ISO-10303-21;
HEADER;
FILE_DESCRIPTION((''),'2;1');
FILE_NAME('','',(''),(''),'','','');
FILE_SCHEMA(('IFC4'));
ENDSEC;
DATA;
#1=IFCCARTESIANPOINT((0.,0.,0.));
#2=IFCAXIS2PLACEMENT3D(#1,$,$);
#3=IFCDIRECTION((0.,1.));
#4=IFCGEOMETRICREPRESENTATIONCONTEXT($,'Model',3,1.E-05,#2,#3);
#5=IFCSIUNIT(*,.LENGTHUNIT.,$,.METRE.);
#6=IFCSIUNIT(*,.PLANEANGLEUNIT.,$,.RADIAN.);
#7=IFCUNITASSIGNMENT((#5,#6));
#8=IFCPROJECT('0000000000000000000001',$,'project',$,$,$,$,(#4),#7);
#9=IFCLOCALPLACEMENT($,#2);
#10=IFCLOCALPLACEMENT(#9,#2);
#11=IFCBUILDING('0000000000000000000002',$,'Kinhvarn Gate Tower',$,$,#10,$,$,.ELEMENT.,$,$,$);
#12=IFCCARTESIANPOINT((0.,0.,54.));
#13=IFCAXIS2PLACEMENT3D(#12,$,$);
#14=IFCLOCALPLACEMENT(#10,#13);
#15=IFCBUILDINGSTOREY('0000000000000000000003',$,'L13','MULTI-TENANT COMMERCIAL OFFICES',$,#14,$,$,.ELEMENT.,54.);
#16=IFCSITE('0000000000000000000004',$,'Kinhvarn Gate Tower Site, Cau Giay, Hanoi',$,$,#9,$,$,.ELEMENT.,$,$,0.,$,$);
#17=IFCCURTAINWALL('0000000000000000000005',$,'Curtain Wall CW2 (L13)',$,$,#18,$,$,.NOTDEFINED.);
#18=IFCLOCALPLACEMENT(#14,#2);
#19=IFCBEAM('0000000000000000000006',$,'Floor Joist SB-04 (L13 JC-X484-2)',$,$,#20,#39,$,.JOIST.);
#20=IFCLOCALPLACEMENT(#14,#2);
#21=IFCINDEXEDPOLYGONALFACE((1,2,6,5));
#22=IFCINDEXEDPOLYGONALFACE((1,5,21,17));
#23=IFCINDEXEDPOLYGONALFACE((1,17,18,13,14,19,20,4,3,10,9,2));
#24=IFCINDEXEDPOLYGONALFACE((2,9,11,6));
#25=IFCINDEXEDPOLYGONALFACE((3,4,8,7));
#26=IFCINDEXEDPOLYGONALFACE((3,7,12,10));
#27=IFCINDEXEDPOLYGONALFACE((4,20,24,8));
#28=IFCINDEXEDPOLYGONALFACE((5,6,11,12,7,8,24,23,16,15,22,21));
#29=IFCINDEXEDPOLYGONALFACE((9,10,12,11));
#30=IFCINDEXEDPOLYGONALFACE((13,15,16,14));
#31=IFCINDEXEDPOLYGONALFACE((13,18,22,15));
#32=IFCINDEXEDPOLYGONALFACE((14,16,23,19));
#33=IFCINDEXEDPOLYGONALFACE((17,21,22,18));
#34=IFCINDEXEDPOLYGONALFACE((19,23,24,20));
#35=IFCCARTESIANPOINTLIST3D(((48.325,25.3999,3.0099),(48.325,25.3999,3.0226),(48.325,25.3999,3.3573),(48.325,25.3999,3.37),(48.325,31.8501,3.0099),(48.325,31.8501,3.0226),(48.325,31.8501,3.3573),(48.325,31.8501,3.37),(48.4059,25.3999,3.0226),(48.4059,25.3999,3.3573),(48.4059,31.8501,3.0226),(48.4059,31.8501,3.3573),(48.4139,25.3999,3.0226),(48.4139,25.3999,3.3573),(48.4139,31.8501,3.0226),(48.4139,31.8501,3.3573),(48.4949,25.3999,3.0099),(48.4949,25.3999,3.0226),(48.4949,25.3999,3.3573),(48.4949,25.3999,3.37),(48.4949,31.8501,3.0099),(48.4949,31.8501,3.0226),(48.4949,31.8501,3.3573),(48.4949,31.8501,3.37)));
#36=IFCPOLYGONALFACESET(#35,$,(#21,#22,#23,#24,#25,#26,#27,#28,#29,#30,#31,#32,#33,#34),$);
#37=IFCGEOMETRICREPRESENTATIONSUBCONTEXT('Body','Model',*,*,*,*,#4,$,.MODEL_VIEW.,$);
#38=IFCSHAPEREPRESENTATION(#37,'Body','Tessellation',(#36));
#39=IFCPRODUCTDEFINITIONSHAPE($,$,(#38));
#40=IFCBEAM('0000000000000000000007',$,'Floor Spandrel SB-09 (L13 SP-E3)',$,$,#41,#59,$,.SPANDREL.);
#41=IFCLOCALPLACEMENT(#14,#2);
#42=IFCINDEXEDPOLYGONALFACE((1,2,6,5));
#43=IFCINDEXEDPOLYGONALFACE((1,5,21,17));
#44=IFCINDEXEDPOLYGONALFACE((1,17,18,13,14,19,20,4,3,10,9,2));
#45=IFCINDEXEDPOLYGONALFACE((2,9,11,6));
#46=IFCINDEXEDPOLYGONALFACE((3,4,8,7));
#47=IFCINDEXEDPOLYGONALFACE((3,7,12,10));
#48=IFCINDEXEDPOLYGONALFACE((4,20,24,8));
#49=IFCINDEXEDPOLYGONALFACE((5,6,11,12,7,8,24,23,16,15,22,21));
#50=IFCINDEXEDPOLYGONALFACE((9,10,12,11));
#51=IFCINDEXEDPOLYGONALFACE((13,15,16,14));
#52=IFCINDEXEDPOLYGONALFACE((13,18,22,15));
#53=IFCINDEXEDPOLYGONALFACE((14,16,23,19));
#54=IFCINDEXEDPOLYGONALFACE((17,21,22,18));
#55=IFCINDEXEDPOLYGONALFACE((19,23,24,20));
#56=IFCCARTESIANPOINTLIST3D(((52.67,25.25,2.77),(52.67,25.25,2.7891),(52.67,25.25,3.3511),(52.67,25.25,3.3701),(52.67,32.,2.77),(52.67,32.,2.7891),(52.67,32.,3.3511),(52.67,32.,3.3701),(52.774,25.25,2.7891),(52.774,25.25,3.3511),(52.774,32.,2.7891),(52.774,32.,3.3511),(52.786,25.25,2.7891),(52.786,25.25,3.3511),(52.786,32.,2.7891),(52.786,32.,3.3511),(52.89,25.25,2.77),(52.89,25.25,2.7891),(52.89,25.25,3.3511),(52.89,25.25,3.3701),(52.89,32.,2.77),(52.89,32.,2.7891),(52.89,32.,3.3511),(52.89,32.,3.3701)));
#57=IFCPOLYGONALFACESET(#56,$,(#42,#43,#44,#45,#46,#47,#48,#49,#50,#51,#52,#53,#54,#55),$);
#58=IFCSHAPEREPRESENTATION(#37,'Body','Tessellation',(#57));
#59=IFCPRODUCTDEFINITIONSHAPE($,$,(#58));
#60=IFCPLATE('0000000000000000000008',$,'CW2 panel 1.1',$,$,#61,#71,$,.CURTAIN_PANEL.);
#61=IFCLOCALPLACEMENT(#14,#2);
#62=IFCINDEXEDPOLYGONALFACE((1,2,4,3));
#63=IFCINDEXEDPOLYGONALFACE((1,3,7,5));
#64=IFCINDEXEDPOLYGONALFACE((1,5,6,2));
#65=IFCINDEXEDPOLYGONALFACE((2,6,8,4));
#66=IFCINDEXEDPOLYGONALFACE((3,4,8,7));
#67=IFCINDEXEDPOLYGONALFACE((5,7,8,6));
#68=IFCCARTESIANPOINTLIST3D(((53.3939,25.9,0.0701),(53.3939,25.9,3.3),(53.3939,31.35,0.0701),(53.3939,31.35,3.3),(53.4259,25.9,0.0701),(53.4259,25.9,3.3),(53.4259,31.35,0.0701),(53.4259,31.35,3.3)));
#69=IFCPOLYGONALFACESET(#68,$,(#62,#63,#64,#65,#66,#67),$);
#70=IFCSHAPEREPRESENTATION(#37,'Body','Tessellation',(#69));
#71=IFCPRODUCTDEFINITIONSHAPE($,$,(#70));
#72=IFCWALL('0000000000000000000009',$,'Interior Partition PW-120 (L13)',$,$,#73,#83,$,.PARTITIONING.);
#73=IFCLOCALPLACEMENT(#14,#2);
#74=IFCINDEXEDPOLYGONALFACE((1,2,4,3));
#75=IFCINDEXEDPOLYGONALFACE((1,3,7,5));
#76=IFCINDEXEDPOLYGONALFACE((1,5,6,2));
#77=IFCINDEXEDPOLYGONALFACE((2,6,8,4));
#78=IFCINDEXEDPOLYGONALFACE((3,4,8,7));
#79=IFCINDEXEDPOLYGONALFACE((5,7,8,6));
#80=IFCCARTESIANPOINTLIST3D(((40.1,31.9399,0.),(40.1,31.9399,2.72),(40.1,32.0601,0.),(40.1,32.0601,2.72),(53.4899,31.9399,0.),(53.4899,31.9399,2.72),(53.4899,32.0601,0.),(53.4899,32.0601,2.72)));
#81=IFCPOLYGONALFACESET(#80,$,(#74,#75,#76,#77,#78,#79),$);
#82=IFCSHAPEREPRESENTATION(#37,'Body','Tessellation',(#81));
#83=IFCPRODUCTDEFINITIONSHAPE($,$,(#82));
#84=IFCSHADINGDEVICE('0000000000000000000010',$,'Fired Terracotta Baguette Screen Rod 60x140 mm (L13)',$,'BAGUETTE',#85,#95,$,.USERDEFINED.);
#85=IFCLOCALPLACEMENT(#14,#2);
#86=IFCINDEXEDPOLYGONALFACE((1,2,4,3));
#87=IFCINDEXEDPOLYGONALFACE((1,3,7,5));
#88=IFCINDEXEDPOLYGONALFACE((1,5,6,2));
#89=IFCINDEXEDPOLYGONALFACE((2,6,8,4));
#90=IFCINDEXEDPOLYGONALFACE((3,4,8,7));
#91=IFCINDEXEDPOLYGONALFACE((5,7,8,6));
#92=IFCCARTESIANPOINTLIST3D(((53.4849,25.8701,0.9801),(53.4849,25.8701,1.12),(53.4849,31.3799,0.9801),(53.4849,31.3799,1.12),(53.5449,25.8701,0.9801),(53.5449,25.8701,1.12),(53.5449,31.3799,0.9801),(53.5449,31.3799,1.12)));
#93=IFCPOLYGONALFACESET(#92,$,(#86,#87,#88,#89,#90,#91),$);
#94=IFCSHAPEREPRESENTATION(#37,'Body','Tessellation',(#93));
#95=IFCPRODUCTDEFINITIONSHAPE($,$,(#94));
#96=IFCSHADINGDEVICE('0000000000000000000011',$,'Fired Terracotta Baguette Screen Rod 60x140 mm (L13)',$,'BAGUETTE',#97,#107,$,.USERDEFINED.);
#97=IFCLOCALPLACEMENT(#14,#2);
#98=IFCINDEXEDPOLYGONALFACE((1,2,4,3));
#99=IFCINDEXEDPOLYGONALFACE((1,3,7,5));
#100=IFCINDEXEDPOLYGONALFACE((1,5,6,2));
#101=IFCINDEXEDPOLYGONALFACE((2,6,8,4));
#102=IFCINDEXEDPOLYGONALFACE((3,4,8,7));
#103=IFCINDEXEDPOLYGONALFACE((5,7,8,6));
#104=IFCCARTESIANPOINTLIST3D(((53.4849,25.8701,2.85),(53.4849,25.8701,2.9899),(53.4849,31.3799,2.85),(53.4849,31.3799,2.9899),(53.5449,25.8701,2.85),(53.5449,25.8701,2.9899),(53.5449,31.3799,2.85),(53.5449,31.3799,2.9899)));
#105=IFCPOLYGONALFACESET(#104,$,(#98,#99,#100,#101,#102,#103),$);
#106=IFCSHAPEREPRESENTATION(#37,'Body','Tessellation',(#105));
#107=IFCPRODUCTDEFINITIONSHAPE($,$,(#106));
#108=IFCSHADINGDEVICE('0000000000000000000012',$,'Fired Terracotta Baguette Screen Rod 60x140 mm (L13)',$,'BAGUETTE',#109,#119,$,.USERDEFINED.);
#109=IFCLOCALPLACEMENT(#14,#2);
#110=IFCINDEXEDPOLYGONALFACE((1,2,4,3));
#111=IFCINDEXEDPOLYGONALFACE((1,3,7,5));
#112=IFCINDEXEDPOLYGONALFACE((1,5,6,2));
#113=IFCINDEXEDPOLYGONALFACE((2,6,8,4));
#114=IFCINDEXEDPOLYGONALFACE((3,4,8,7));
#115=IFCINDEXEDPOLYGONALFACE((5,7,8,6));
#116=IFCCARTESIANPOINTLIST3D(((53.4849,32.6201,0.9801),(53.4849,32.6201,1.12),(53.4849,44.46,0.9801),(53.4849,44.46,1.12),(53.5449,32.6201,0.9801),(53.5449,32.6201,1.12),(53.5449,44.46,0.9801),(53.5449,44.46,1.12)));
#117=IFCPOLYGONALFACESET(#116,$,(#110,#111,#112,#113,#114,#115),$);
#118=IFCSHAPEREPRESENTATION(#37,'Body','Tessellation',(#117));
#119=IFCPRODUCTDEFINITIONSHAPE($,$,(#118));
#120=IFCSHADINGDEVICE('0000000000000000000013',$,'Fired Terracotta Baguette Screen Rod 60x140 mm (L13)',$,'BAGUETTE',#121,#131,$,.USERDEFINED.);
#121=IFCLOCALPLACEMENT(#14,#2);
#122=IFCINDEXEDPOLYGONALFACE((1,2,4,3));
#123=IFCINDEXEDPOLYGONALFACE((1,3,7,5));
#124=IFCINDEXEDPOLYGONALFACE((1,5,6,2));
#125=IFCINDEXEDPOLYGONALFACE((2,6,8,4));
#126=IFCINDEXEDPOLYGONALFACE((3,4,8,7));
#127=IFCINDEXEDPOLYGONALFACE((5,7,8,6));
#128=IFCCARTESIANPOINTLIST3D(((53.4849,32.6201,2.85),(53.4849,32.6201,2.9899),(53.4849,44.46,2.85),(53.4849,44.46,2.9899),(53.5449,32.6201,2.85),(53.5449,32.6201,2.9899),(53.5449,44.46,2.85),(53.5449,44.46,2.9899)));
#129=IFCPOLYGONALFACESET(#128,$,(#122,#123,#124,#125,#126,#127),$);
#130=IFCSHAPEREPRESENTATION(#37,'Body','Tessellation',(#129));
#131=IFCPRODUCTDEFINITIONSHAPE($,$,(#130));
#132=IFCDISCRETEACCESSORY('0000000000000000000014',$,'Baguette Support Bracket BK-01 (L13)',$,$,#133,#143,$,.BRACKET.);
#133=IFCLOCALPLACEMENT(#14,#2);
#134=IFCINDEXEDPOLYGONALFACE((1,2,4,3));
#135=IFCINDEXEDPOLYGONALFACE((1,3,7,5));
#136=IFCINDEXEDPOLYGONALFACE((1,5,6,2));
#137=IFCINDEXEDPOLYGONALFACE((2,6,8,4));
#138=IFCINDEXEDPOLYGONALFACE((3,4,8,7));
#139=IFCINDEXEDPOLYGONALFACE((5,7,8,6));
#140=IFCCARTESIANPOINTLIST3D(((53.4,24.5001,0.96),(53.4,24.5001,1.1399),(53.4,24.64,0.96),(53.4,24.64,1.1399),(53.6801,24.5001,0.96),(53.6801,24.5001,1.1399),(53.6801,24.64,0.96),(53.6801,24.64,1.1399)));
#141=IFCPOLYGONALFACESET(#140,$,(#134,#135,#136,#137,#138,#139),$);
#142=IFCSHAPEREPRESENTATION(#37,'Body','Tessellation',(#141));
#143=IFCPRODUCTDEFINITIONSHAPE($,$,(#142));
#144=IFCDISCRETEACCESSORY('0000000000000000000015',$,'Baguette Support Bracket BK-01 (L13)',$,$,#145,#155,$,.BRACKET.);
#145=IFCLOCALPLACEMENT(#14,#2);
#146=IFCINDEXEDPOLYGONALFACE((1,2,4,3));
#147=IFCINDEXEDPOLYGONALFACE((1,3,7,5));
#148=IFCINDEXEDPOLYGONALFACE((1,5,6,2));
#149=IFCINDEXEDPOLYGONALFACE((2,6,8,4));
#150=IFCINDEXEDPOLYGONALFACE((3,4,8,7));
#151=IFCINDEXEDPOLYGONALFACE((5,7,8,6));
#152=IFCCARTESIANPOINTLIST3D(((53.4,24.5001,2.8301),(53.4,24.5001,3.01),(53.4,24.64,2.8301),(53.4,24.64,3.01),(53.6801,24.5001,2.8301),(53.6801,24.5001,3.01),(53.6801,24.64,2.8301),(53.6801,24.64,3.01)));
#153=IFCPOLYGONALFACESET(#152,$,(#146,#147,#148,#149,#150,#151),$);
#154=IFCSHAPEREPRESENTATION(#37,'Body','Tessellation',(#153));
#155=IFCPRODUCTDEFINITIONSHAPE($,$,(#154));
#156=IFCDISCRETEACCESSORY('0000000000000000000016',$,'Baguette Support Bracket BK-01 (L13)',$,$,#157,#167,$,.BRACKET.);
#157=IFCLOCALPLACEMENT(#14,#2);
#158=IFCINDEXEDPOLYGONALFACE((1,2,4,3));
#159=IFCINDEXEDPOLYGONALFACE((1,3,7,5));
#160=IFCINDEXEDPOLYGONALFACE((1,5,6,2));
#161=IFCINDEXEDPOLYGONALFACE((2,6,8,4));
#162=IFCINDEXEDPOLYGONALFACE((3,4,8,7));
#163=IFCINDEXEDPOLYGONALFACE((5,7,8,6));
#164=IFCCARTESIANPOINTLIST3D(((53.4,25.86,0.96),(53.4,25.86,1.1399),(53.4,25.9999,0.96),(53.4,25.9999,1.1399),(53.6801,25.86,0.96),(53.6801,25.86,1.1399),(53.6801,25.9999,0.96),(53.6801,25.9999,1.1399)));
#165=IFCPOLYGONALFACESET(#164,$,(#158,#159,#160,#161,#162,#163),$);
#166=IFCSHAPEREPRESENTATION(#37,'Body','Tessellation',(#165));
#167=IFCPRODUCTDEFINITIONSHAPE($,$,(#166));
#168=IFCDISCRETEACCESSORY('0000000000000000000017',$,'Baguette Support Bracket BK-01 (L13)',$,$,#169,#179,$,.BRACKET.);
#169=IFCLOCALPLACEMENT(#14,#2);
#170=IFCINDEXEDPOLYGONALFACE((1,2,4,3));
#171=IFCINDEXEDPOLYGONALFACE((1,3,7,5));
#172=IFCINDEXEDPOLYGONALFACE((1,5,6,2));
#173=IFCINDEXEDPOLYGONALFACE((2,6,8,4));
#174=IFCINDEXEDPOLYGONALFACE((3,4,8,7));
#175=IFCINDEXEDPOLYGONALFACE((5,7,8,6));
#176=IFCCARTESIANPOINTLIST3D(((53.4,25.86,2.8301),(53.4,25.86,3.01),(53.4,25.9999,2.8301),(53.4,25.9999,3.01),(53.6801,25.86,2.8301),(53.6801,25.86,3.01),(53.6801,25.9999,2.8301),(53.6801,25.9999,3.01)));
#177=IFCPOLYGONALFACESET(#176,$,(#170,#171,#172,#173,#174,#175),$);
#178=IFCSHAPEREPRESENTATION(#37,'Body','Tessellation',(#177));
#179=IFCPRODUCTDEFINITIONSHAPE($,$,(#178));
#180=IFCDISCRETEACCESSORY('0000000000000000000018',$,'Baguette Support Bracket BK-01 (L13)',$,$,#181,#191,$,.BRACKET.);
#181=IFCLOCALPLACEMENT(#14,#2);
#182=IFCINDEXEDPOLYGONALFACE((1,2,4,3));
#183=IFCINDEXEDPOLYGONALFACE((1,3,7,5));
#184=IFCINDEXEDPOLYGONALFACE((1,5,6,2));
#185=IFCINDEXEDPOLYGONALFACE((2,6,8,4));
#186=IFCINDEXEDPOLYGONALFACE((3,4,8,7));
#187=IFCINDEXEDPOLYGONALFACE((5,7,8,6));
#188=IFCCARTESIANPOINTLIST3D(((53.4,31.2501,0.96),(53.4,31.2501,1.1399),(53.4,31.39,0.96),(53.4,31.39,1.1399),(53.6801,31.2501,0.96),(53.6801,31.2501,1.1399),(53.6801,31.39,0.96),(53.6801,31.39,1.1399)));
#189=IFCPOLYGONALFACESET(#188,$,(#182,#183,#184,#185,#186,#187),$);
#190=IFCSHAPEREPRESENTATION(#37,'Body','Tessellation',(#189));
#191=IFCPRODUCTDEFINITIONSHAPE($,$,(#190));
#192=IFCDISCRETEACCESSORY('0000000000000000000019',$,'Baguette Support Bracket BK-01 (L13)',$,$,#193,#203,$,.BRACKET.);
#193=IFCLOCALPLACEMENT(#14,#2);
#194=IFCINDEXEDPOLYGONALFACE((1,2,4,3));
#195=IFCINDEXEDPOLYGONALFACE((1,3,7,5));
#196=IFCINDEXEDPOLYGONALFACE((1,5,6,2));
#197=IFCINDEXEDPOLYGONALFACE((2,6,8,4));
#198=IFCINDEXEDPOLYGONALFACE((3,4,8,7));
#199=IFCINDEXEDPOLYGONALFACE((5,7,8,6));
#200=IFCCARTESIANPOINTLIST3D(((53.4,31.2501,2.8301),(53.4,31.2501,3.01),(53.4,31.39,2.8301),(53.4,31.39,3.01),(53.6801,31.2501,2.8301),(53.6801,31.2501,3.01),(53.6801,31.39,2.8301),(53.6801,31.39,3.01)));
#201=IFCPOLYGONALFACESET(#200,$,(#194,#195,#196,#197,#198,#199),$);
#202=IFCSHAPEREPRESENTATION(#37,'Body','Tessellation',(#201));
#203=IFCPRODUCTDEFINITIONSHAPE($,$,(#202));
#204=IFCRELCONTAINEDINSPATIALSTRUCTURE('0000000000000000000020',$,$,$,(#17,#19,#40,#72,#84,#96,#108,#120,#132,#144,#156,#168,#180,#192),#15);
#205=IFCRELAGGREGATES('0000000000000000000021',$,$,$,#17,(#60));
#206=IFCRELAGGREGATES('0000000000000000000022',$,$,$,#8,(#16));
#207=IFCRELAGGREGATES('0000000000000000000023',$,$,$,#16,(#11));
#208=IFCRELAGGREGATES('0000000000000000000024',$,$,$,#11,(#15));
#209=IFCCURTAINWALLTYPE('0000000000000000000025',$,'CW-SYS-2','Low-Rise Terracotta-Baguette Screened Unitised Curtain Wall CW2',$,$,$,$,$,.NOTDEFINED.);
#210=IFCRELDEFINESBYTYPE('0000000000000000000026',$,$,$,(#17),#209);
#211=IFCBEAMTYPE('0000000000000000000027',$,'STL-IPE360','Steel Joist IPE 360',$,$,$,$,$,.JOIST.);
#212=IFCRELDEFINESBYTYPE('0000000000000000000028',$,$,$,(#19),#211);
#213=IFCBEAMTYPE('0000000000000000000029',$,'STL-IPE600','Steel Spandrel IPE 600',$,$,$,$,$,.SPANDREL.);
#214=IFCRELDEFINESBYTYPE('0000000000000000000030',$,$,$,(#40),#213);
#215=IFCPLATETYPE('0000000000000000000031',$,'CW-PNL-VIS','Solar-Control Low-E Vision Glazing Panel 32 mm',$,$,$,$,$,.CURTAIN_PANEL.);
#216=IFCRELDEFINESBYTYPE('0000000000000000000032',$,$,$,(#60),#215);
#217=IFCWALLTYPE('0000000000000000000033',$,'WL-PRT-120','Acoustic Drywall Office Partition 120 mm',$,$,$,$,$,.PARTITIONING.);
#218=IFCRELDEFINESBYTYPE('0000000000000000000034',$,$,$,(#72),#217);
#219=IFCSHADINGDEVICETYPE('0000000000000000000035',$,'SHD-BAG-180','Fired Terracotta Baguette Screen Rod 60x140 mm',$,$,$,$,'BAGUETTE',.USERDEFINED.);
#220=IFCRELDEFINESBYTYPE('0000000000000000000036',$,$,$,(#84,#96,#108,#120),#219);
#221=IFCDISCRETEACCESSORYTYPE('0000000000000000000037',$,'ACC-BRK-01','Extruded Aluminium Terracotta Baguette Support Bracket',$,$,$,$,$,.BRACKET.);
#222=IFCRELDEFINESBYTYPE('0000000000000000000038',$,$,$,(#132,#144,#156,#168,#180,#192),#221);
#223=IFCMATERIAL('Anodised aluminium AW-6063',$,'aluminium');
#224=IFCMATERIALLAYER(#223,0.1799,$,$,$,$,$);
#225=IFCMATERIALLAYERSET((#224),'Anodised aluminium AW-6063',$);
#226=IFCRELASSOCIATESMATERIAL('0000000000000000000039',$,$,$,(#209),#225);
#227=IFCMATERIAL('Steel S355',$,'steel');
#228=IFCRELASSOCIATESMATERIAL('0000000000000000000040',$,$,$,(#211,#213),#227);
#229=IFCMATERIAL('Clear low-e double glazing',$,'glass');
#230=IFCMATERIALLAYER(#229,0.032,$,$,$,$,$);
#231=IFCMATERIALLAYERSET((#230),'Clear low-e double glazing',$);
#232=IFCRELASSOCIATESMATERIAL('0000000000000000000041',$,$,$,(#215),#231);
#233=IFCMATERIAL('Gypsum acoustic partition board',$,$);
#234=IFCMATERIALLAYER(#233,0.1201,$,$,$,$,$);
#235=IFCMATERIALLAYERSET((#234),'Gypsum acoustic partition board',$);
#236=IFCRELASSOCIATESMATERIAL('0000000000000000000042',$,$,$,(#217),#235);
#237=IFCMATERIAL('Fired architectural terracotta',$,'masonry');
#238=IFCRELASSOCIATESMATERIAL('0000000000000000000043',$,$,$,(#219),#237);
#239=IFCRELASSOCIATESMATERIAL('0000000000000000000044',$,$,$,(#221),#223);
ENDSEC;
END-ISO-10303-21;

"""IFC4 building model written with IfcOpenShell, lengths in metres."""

from ifc_helpers import new_model, si_unit, direction, frame, frame_2d, origin, origin_2d, place, context, subcontext, project, spatial, rectangle, i_section, extrude, material, layer, layer_set, material_profile, profile_set, type_object, element, aggregate, save


model = new_model("IFC4")

# Units and contexts
model_context = context("Model", 3, precision=1e-05, world=origin(), true_north=direction((0.0, 1.0)))
body_context = subcontext(model_context, "Body", "Model", "MODEL_VIEW")
ifc_project = project(units=[si_unit("LENGTHUNIT", "METRE"), si_unit("PLANEANGLEUNIT", "RADIAN")], contexts=[model_context])

# Site, building, storey
site_placement = place(None, origin())
site = spatial("IfcSite", under=ifc_project, at=site_placement, Name="Kinhvarn Gate Tower Site, Cau Giay, Hanoi", CompositionType="ELEMENT", RefElevation=0.0)
building_placement = place(site_placement, origin())
building = spatial("IfcBuilding", under=site, at=building_placement, Name="Kinhvarn Gate Tower", CompositionType="ELEMENT")
storey_placement = place(building_placement, frame((0.0, 0.0, 54.0)))
storey = spatial("IfcBuildingStorey", under=building, at=storey_placement, Name="L13", Description="MULTI-TENANT COMMERCIAL OFFICES", CompositionType="ELEMENT", Elevation=54.0)

# Shared definitions
ifc_material_1 = material(Name="Anodised aluminium AW-6063", Category="aluminium")
ifc_layer_1 = layer(ifc_material_1, 0.1799)
ifc_layer_set_1 = layer_set([ifc_layer_1], Name="Anodised aluminium AW-6063")
curtain_wall_type = type_object("IfcCurtainWallType", Name="CW-SYS-2", Description="Low-Rise Terracotta-Baguette Screened Unitised Curtain Wall CW2", PredefinedType="NOTDEFINED", material=ifc_layer_set_1)

# Curtain wall
curtain_wall_1_placement = place(storey_placement, origin())
curtain_wall_1 = element("IfcCurtainWall", 1, at=curtain_wall_1_placement, inside=storey, type_object=curtain_wall_type, Name="Curtain Wall CW2 (L13)", PredefinedType="NOTDEFINED")

# Beams
ifc_material_2 = material(Name="Steel S355", Category="steel")
ifc_material_profile_1 = material_profile(ifc_material_2, i_section(OverallWidth=0.1699, OverallDepth=0.3601, WebThickness=0.0081, FlangeThickness=0.0127, at=origin_2d()), Name="IPE 360")
ifc_profile_set_1 = profile_set([ifc_material_profile_1], Name="Steel S355")
beam_type_1 = type_object("IfcBeamType", Name="STL-IPE360", Description="Steel Joist IPE 360", PredefinedType="JOIST", material=ifc_profile_set_1)
for number, where, z_axis, x_axis, name in (
    (2, (48.4099, 25.3999, 3.1899), (0.0, 1.0, 0.0), (-1.0, 0.0, 0.0), "Floor Joist SB-04 (L13 JC-X484-2)"),
):
    element("IfcBeam", number, at=place(storey_placement, frame(where, z_axis=z_axis, x_axis=x_axis)), inside=storey, type_object=beam_type_1, Name=name, PredefinedType="JOIST", context=body_context, shape_type="SweptSolid", body=[
        extrude(i_section(OverallWidth=0.1699, OverallDepth=0.3601, WebThickness=0.0081, FlangeThickness=0.0127, at=origin_2d()), origin(), (0.0, 0.0, 1.0), 6.4502),
    ])
ifc_material_profile_2 = material_profile(ifc_material_2, i_section(OverallWidth=0.22, OverallDepth=0.6001, WebThickness=0.012, FlangeThickness=0.019, at=origin_2d()), Name="IPE 600")
ifc_profile_set_2 = profile_set([ifc_material_profile_2], Name="Steel S355")
beam_type_2 = type_object("IfcBeamType", Name="STL-IPE600", Description="Steel Spandrel IPE 600", PredefinedType="SPANDREL", material=ifc_profile_set_2)
beam_1_placement = place(storey_placement, frame((52.78, 25.25, 3.0701), z_axis=(0.0, 1.0, 0.0), x_axis=(-1.0, 0.0, 0.0)))
element("IfcBeam", 3, at=beam_1_placement, inside=storey, type_object=beam_type_2, Name="Floor Spandrel SB-09 (L13 SP-E3)", PredefinedType="SPANDREL", context=body_context, shape_type="SweptSolid", body=[
    extrude(i_section(OverallWidth=0.22, OverallDepth=0.6001, WebThickness=0.012, FlangeThickness=0.019, at=origin_2d()), origin(), (0.0, 0.0, 1.0), 6.75),
])

# Plate
ifc_material_3 = material(Name="Clear low-e double glazing", Category="glass")
ifc_layer_2 = layer(ifc_material_3, 0.032)
ifc_layer_set_2 = layer_set([ifc_layer_2], Name="Clear low-e double glazing")
plate_type = type_object("IfcPlateType", Name="CW-PNL-VIS", Description="Solar-Control Low-E Vision Glazing Panel 32 mm", PredefinedType="CURTAIN_PANEL", material=ifc_layer_set_2)
plate_placement = place(storey_placement, frame((53.4099, 28.625, 0.0701), z_axis=(0.0, 0.0, 1.0), x_axis=(0.0, 1.0, 0.0)))
plate = element("IfcPlate", 4, at=plate_placement, type_object=plate_type, Name="CW2 panel 1.1", PredefinedType="CURTAIN_PANEL", context=body_context, shape_type="SweptSolid", body=[
    extrude(rectangle(XDim=5.45, YDim=0.032, at=origin_2d()), origin(), (0.0, 0.0, 1.0), 3.23),
])
aggregate(curtain_wall_1, [plate])

# Wall
ifc_material_4 = material(Name="Gypsum acoustic partition board")
ifc_layer_3 = layer(ifc_material_4, 0.1201)
ifc_layer_set_3 = layer_set([ifc_layer_3], Name="Gypsum acoustic partition board")
wall_type_1 = type_object("IfcWallType", Name="WL-PRT-120", Description="Acoustic Drywall Office Partition 120 mm", PredefinedType="PARTITIONING", material=ifc_layer_set_3)
wall_1_placement = place(storey_placement, frame((40.1001, 32.0, 0.0), z_axis=(0.0, 0.0, 1.0), x_axis=(1.0, 0.0, 0.0)))
element("IfcWall", 5, at=wall_1_placement, inside=storey, type_object=wall_type_1, Name="Interior Partition PW-120 (L13)", PredefinedType="PARTITIONING", context=body_context, shape_type="SweptSolid", body=[
    extrude(rectangle(XDim=13.3899, YDim=0.1201, at=frame_2d((6.6948, 0.0))), origin(), (0.0, 0.0, 1.0), 2.72),
])

# Shading devices
ifc_material_5 = material(Name="Fired architectural terracotta", Category="masonry")
ifc_material_profile_3 = material_profile(ifc_material_5, rectangle(XDim=0.0601, YDim=0.1399, at=origin_2d()), Name="TC 60x140")
ifc_profile_set_3 = profile_set([ifc_material_profile_3], Name="Fired architectural terracotta")
shading_device_type = type_object("IfcShadingDeviceType", Name="SHD-BAG-180", Description="Fired Terracotta Baguette Screen Rod 60x140 mm", ElementType="BAGUETTE", PredefinedType="USERDEFINED", material=ifc_profile_set_3)
for number, where, z_axis, x_axis, name in (
    (6, (53.5149, 25.8701, 1.05), (0.0, 1.0, 0.0), (-1.0, 0.0, 0.0), "Fired Terracotta Baguette Screen Rod 60x140 mm (L13)"),
    (7, (53.5149, 25.8701, 2.9199), (0.0, 1.0, 0.0), (-1.0, 0.0, 0.0), "Fired Terracotta Baguette Screen Rod 60x140 mm (L13)"),
):
    element("IfcShadingDevice", number, at=place(storey_placement, frame(where, z_axis=z_axis, x_axis=x_axis)), inside=storey, type_object=shading_device_type, Name=name, ObjectType="BAGUETTE", PredefinedType="USERDEFINED", context=body_context, shape_type="SweptSolid", body=[
        extrude(rectangle(XDim=0.0601, YDim=0.1399, at=origin_2d()), origin(), (0.0, 0.0, 1.0), 5.5098),
    ])
for number, where, z_axis, x_axis, name in (
    (8, (53.5149, 32.6201, 1.05), (0.0, 1.0, 0.0), (-1.0, 0.0, 0.0), "Fired Terracotta Baguette Screen Rod 60x140 mm (L13)"),
    (9, (53.5149, 32.6201, 2.9199), (0.0, 1.0, 0.0), (-1.0, 0.0, 0.0), "Fired Terracotta Baguette Screen Rod 60x140 mm (L13)"),
):
    element("IfcShadingDevice", number, at=place(storey_placement, frame(where, z_axis=z_axis, x_axis=x_axis)), inside=storey, type_object=shading_device_type, Name=name, ObjectType="BAGUETTE", PredefinedType="USERDEFINED", context=body_context, shape_type="SweptSolid", body=[
        extrude(rectangle(XDim=0.0601, YDim=0.1399, at=origin_2d()), origin(), (0.0, 0.0, 1.0), 11.8398),
    ])

# Discrete accessories
discrete_accessory_type = type_object("IfcDiscreteAccessoryType", Name="ACC-BRK-01", Description="Extruded Aluminium Terracotta Baguette Support Bracket", PredefinedType="BRACKET", material=ifc_material_1)
for number, where, z_axis, x_axis, name in (
    (10, (53.54, 24.5701, 0.96), (0.0, 0.0, 1.0), (0.0, 1.0, 0.0), "Baguette Support Bracket BK-01 (L13)"),
    (11, (53.54, 24.5701, 2.8301), (0.0, 0.0, 1.0), (0.0, 1.0, 0.0), "Baguette Support Bracket BK-01 (L13)"),
    (12, (53.54, 25.9299, 0.96), (0.0, 0.0, 1.0), (0.0, 1.0, 0.0), "Baguette Support Bracket BK-01 (L13)"),
    (13, (53.54, 25.9299, 2.8301), (0.0, 0.0, 1.0), (0.0, 1.0, 0.0), "Baguette Support Bracket BK-01 (L13)"),
    (14, (53.54, 31.3201, 0.96), (0.0, 0.0, 1.0), (0.0, 1.0, 0.0), "Baguette Support Bracket BK-01 (L13)"),
    (15, (53.54, 31.3201, 2.8301), (0.0, 0.0, 1.0), (0.0, 1.0, 0.0), "Baguette Support Bracket BK-01 (L13)"),
):
    element("IfcDiscreteAccessory", number, at=place(storey_placement, frame(where, z_axis=z_axis, x_axis=x_axis)), inside=storey, type_object=discrete_accessory_type, Name=name, PredefinedType="BRACKET", context=body_context, shape_type="SweptSolid", body=[
        extrude(rectangle(XDim=0.1399, YDim=0.28, at=origin_2d()), origin(), (0.0, 0.0, 1.0), 0.1799),
    ])

save(model, "model.ifc")
